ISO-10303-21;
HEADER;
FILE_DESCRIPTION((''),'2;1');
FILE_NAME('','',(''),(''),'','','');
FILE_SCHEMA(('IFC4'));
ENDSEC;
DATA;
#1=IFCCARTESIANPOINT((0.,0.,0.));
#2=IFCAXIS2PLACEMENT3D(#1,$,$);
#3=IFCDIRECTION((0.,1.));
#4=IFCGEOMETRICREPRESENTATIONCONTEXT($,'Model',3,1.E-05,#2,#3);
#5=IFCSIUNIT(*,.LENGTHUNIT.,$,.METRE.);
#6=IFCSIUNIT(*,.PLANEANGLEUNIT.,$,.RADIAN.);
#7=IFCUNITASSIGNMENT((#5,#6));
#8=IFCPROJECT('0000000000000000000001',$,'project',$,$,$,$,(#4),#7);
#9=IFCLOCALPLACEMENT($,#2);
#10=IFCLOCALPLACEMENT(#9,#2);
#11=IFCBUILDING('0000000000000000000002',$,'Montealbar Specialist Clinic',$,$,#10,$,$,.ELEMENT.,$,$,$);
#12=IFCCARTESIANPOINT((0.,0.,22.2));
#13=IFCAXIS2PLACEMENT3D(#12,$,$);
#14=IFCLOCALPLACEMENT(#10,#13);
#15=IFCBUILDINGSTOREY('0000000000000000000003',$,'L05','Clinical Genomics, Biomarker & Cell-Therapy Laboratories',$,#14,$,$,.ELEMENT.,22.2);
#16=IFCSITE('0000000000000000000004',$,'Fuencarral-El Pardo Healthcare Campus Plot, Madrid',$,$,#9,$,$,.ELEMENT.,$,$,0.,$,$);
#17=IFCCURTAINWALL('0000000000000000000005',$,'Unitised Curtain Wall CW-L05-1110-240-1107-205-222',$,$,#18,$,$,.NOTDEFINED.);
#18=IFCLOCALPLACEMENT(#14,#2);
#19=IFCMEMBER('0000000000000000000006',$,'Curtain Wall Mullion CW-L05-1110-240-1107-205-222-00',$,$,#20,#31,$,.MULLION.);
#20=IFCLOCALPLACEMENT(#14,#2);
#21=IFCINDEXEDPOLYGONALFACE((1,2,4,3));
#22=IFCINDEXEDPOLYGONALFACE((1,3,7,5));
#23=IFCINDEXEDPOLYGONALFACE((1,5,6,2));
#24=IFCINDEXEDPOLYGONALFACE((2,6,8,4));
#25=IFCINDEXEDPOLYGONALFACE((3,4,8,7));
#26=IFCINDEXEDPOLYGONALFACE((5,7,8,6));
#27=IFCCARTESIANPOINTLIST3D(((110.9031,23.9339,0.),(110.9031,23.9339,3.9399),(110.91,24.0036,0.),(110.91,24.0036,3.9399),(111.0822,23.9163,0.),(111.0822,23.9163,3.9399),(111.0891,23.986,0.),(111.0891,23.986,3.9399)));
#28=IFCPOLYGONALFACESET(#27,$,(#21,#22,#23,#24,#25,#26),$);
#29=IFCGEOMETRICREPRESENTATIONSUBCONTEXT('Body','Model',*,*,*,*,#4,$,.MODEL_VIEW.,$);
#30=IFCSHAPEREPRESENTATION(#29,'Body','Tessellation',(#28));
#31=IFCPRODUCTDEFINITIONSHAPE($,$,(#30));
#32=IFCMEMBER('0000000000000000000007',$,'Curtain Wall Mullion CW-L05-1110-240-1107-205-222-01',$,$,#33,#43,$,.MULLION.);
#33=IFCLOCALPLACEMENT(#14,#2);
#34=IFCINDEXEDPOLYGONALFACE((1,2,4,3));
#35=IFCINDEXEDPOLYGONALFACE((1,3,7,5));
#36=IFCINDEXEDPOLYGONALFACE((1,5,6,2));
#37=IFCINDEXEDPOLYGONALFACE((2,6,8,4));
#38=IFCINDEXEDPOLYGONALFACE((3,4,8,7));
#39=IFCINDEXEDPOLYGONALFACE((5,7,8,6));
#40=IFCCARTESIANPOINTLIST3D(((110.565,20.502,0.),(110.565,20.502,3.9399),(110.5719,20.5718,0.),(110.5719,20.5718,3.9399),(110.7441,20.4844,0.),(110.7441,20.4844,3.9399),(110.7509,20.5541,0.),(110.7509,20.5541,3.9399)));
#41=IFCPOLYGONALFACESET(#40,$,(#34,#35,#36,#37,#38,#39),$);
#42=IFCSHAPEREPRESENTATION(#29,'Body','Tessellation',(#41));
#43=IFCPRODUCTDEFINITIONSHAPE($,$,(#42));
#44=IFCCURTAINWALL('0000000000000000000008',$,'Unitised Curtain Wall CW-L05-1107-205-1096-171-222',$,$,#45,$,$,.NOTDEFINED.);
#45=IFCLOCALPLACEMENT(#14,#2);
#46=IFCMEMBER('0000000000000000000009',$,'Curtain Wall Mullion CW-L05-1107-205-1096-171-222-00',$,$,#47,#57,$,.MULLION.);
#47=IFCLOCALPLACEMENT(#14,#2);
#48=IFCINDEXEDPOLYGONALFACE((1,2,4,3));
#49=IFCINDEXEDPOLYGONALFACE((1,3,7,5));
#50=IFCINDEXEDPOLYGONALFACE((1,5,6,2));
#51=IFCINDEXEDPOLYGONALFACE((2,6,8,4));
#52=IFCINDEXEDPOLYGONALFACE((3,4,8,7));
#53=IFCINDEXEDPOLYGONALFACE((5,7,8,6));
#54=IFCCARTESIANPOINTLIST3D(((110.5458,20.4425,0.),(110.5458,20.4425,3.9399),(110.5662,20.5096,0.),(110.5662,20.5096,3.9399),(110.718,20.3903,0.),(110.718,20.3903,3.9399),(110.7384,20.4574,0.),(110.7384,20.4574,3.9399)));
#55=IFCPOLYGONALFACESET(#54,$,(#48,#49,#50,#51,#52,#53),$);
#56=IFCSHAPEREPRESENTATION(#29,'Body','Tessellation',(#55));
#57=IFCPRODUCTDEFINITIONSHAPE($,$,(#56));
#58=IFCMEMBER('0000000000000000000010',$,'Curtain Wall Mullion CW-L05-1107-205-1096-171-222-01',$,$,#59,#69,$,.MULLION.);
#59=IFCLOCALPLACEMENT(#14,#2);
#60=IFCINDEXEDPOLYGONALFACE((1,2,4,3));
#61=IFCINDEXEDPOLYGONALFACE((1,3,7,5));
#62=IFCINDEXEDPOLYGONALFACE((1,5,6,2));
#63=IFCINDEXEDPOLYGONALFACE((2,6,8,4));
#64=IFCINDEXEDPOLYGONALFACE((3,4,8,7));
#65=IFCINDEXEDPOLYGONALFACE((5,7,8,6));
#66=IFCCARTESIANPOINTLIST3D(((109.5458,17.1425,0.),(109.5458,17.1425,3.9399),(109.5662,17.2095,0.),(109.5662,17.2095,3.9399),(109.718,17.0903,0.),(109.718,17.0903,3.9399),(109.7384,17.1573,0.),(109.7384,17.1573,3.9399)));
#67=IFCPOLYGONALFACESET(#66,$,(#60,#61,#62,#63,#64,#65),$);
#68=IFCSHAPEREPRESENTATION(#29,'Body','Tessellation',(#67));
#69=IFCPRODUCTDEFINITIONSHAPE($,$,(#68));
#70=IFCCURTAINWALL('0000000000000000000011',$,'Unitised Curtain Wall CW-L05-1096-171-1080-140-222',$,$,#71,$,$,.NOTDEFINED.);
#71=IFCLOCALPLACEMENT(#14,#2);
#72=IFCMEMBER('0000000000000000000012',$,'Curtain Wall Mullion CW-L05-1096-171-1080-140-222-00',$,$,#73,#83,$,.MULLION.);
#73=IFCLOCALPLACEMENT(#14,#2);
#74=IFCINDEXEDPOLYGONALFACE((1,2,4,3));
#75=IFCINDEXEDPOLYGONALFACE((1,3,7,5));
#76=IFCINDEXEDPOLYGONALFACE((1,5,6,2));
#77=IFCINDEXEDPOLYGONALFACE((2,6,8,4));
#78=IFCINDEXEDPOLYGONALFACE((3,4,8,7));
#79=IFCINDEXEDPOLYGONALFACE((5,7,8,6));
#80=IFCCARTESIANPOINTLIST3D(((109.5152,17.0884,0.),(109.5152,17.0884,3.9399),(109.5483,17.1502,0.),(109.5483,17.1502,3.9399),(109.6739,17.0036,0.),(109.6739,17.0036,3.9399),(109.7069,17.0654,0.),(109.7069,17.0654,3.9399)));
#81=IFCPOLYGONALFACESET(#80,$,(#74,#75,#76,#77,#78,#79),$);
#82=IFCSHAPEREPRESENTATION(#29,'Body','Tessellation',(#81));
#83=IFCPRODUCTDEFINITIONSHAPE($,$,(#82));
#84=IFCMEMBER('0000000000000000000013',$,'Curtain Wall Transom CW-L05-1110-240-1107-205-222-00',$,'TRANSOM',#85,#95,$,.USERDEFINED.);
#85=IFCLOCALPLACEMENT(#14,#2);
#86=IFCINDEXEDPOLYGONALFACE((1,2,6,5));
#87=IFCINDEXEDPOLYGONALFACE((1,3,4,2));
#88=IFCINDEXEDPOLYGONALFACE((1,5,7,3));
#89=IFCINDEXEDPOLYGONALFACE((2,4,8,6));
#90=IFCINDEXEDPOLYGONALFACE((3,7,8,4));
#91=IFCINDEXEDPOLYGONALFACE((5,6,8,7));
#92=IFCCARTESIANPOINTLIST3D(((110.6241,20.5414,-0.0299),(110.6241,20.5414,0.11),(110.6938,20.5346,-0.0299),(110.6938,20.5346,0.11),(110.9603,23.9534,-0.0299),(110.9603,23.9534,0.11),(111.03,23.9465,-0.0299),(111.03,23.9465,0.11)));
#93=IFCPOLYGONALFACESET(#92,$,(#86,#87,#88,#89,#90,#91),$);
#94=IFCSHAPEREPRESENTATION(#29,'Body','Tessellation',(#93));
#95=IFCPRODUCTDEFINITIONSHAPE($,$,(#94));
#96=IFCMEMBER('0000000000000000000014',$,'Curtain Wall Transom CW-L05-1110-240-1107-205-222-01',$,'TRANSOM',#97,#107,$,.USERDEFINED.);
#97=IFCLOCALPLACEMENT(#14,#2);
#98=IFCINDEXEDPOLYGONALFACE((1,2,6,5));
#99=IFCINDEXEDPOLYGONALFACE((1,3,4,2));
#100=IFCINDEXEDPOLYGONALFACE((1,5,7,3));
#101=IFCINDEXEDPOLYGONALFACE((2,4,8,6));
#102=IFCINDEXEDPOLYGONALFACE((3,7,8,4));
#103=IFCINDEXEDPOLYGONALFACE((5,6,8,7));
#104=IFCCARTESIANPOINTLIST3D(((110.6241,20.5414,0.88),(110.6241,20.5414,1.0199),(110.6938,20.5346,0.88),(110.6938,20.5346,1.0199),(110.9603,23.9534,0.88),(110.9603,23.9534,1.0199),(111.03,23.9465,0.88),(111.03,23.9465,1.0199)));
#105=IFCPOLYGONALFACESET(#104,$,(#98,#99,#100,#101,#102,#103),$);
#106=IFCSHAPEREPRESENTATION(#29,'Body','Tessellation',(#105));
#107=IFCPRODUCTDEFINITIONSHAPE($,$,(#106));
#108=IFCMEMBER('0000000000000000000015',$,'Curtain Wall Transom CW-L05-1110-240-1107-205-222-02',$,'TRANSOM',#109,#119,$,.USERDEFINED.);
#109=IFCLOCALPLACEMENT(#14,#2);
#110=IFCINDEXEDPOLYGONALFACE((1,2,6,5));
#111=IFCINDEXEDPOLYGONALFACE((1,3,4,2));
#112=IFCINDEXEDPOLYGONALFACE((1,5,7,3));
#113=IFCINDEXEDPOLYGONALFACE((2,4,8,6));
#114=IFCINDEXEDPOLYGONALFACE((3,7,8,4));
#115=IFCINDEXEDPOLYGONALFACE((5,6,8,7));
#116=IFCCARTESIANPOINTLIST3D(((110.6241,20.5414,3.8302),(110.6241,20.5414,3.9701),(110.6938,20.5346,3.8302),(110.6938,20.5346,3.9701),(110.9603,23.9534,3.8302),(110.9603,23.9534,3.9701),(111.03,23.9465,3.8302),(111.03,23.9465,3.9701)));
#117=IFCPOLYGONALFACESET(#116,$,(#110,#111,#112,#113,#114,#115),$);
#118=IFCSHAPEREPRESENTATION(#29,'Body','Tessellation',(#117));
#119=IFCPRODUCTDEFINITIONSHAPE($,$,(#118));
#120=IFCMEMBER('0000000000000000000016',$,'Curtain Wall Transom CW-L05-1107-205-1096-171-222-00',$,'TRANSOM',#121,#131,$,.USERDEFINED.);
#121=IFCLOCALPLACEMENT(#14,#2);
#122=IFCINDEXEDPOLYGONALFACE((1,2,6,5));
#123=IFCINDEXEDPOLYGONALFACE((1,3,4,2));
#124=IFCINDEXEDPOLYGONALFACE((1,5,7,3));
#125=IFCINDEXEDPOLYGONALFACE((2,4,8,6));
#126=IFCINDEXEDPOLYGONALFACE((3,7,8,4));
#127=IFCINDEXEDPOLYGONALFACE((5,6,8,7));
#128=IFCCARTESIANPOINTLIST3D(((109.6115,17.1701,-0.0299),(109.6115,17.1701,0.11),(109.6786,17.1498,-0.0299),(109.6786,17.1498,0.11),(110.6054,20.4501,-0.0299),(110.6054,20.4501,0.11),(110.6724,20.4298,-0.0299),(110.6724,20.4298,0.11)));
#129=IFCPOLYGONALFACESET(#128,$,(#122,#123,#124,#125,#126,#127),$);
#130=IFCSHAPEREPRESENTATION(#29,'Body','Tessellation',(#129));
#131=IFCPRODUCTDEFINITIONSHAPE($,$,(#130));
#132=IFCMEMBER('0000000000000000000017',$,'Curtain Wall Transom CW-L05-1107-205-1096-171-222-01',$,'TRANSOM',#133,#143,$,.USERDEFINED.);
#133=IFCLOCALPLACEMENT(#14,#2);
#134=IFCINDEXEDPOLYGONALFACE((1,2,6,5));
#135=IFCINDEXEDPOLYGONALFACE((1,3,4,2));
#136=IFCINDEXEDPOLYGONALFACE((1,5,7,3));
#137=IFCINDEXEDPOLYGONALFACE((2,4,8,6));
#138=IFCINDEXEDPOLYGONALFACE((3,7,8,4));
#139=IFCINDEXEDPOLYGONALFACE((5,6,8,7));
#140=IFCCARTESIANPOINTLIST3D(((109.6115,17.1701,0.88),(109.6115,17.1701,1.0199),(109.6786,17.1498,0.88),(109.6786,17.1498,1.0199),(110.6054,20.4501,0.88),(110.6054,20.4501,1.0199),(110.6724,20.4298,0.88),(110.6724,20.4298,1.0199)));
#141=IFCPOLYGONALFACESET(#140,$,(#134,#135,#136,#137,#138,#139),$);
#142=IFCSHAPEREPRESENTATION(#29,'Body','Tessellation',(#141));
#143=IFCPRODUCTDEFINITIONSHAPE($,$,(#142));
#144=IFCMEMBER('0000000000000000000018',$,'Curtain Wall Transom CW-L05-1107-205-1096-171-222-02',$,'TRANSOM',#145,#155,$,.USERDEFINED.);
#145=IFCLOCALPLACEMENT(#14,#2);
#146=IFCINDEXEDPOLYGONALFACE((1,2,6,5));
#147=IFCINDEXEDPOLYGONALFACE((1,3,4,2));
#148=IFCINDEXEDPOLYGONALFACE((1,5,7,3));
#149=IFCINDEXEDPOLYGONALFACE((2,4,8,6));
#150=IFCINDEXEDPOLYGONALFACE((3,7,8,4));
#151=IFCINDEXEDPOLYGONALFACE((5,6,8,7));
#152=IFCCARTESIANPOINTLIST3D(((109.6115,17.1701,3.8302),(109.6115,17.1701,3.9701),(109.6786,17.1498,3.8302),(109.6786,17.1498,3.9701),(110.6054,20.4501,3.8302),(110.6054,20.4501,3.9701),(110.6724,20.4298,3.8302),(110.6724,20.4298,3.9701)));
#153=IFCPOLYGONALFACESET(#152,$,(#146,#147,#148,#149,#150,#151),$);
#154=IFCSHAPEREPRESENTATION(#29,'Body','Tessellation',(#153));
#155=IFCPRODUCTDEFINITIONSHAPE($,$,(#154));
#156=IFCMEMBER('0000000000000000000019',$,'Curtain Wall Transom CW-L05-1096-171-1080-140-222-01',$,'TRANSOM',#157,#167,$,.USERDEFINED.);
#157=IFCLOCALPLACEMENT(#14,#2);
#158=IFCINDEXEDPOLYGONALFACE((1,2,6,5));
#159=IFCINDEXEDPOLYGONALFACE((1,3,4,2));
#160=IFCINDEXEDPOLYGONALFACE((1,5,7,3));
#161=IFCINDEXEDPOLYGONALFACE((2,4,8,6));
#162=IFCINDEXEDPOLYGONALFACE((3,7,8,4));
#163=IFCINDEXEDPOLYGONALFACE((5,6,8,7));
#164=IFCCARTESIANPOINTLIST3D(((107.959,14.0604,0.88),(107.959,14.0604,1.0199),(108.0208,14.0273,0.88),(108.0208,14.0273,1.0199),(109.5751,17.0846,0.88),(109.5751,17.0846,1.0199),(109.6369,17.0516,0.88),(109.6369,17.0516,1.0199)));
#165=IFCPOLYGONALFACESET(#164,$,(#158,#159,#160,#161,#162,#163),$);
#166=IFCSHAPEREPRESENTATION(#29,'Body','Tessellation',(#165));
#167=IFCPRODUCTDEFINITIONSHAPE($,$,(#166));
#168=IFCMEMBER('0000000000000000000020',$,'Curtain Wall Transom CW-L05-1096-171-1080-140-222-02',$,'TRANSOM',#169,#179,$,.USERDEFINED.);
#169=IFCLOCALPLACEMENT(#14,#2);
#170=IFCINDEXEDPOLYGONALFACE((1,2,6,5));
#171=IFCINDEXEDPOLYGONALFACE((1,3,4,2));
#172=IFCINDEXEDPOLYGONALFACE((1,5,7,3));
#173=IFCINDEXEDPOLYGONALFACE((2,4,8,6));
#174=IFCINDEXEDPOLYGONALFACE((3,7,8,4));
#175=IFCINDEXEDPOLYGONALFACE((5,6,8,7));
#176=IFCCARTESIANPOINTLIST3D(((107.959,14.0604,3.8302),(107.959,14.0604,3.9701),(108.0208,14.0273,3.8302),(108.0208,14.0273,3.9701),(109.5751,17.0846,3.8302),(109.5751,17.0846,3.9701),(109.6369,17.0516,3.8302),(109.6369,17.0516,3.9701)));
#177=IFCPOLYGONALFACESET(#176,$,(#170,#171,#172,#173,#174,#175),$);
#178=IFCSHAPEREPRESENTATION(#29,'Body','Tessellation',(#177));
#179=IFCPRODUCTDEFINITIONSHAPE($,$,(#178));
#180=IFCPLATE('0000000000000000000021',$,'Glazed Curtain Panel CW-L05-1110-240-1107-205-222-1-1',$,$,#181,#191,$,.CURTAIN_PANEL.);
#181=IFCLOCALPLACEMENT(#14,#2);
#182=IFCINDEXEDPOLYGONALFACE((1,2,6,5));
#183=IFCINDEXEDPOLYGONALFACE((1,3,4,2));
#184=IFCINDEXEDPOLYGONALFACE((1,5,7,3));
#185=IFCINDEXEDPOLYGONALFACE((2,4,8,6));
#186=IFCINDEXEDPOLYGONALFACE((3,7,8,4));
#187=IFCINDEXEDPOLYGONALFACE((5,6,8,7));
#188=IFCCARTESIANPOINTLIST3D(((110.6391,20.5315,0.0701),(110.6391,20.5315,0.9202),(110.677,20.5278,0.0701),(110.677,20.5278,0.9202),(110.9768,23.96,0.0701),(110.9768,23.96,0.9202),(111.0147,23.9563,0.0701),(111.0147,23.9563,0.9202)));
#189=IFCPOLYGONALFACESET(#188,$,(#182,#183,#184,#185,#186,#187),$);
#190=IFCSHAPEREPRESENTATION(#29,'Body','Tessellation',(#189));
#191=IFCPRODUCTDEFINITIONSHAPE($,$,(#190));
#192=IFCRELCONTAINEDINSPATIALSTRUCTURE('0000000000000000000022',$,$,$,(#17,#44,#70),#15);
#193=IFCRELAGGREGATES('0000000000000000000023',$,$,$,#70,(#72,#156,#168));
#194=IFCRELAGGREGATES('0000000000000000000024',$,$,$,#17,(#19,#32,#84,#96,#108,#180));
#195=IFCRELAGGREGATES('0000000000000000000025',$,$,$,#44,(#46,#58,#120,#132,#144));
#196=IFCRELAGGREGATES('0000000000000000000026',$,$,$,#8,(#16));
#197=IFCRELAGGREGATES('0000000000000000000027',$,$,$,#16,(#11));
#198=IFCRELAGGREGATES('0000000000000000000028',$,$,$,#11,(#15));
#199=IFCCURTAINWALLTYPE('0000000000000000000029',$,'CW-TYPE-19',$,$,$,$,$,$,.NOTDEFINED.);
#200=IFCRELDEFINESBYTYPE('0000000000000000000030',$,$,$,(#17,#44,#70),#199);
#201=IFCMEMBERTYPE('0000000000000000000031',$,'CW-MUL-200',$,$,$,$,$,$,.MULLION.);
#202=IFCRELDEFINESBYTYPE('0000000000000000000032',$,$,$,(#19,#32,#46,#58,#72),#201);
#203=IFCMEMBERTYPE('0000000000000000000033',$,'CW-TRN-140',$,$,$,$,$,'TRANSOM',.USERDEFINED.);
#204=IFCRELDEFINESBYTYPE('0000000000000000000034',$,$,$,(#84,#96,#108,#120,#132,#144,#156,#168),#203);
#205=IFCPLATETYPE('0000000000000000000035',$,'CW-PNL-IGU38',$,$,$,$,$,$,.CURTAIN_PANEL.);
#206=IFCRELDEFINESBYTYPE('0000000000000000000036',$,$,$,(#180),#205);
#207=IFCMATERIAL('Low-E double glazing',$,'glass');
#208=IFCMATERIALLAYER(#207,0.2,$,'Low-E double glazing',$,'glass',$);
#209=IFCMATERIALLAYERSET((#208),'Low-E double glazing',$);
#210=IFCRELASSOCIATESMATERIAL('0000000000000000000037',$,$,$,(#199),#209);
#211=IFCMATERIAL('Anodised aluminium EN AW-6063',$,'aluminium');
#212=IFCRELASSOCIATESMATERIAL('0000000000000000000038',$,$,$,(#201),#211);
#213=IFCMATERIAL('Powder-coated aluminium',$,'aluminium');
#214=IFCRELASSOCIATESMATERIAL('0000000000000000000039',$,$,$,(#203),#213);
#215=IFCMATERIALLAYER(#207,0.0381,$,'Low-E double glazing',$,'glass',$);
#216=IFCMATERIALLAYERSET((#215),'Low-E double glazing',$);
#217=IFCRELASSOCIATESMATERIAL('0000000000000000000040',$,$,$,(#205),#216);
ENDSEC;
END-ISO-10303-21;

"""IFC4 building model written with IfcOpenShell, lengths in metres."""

from ifc_helpers import new_model, si_unit, direction, frame, origin, origin_2d, place, context, subcontext, project, spatial, rectangle, extrude, material, layer, layer_set, material_profile, profile_set, type_object, element, aggregate, save


model = new_model("IFC4")

# Units and contexts
model_context = context("Model", 3, precision=1e-05, world=origin(), true_north=direction((0.0, 1.0)))
body_context = subcontext(model_context, "Body", "Model", "MODEL_VIEW")
ifc_project = project(units=[si_unit("LENGTHUNIT", "METRE"), si_unit("PLANEANGLEUNIT", "RADIAN")], contexts=[model_context])

# Site, building, storey
site_placement = place(None, origin())
site = spatial("IfcSite", under=ifc_project, at=site_placement, Name="Fuencarral-El Pardo Healthcare Campus Plot, Madrid", CompositionType="ELEMENT", RefElevation=0.0)
building_placement = place(site_placement, origin())
building = spatial("IfcBuilding", under=site, at=building_placement, Name="Montealbar Specialist Clinic", CompositionType="ELEMENT")
storey_placement = place(building_placement, frame((0.0, 0.0, 22.2)))
storey = spatial("IfcBuildingStorey", under=building, at=storey_placement, Name="L05", Description="Clinical Genomics, Biomarker & Cell-Therapy Laboratories", CompositionType="ELEMENT", Elevation=22.2)

# Curtain walls, members
ifc_material_1 = material(Name="Low-E double glazing", Category="glass")
ifc_layer_1 = layer(ifc_material_1, 0.2, Name="Low-E double glazing", Category="glass")
ifc_layer_set_1 = layer_set([ifc_layer_1], Name="Low-E double glazing")
curtain_wall_type = type_object("IfcCurtainWallType", Name="CW-TYPE-19", PredefinedType="NOTDEFINED", material=ifc_layer_set_1)
curtain_wall_1_placement = place(storey_placement, origin())
curtain_wall_1 = element("IfcCurtainWall", 1, at=curtain_wall_1_placement, inside=storey, type_object=curtain_wall_type, Name="Unitised Curtain Wall CW-L05-1110-240-1107-205-222", PredefinedType="NOTDEFINED")
ifc_material_2 = material(Name="Anodised aluminium EN AW-6063", Category="aluminium")
ifc_material_profile_1 = material_profile(ifc_material_2, rectangle(XDim=0.0701, YDim=0.1799, at=origin_2d()), Name="ALU 70x180", Category="aluminium")
ifc_profile_set_1 = profile_set([ifc_material_profile_1], Name="Anodised aluminium EN AW-6063")
member_type_1 = type_object("IfcMemberType", Name="CW-MUL-200", PredefinedType="MULLION", material=ifc_profile_set_1)
member_1_placement = place(storey_placement, frame((110.9961, 23.96, 0.0), z_axis=(0.0, 0.0, 1.0), x_axis=(-0.098045, -0.995182, 0.0)))
member_1 = element("IfcMember", 2, at=member_1_placement, type_object=member_type_1, Name="Curtain Wall Mullion CW-L05-1110-240-1107-205-222-00", PredefinedType="MULLION", context=body_context, shape_type="SweptSolid", body=[
    extrude(rectangle(XDim=0.0701, YDim=0.1799, at=origin_2d()), origin(), (0.0, 0.0, 1.0), 3.9399),
])
member_2_placement = place(storey_placement, frame((110.658, 20.5281, 0.0), z_axis=(0.0, 0.0, 1.0), x_axis=(-0.098045, -0.995182, 0.0)))
member_2 = element("IfcMember", 3, at=member_2_placement, type_object=member_type_1, Name="Curtain Wall Mullion CW-L05-1110-240-1107-205-222-01", PredefinedType="MULLION", context=body_context, shape_type="SweptSolid", body=[
    extrude(rectangle(XDim=0.0701, YDim=0.1799, at=origin_2d()), origin(), (0.0, 0.0, 1.0), 3.9399),
])
curtain_wall_2_placement = place(storey_placement, origin())
curtain_wall_2 = element("IfcCurtainWall", 4, at=curtain_wall_2_placement, inside=storey, type_object=curtain_wall_type, Name="Unitised Curtain Wall CW-L05-1107-205-1096-171-222", PredefinedType="NOTDEFINED")
member_3_placement = place(storey_placement, frame((110.6421, 20.45, 0.0), z_axis=(0.0, 0.0, 1.0), x_axis=(-0.290259, -0.956948, 0.0)))
member_3 = element("IfcMember", 5, at=member_3_placement, type_object=member_type_1, Name="Curtain Wall Mullion CW-L05-1107-205-1096-171-222-00", PredefinedType="MULLION", context=body_context, shape_type="SweptSolid", body=[
    extrude(rectangle(XDim=0.0701, YDim=0.1799, at=origin_2d()), origin(), (0.0, 0.0, 1.0), 3.9399),
])
member_4_placement = place(storey_placement, frame((109.6421, 17.1499, 0.0), z_axis=(0.0, 0.0, 1.0), x_axis=(-0.290259, -0.956948, 0.0)))
member_4 = element("IfcMember", 6, at=member_4_placement, type_object=member_type_1, Name="Curtain Wall Mullion CW-L05-1107-205-1096-171-222-01", PredefinedType="MULLION", context=body_context, shape_type="SweptSolid", body=[
    extrude(rectangle(XDim=0.0701, YDim=0.1799, at=origin_2d()), origin(), (0.0, 0.0, 1.0), 3.9399),
])

# Curtain wall, member
curtain_wall_3_placement = place(storey_placement, origin())
curtain_wall_3 = element("IfcCurtainWall", 7, at=curtain_wall_3_placement, inside=storey, type_object=curtain_wall_type, Name="Unitised Curtain Wall CW-L05-1096-171-1080-140-222", PredefinedType="NOTDEFINED")
member_5_placement = place(storey_placement, frame((109.6111, 17.0769, 0.0), z_axis=(0.0, 0.0, 1.0), x_axis=(-0.471529, -0.88185, 0.0)))
member_5 = element("IfcMember", 8, at=member_5_placement, type_object=member_type_1, Name="Curtain Wall Mullion CW-L05-1096-171-1080-140-222-00", PredefinedType="MULLION", context=body_context, shape_type="SweptSolid", body=[
    extrude(rectangle(XDim=0.0701, YDim=0.1799, at=origin_2d()), origin(), (0.0, 0.0, 1.0), 3.9399),
])

# Members
ifc_material_3 = material(Name="Powder-coated aluminium", Category="aluminium")
ifc_material_profile_2 = material_profile(ifc_material_3, rectangle(XDim=0.0701, YDim=0.1399, at=origin_2d()), Name="ALU 70x140", Category="aluminium")
ifc_profile_set_2 = profile_set([ifc_material_profile_2], Name="Powder-coated aluminium")
member_type_2 = type_object("IfcMemberType", Name="CW-TRN-140", ElementType="TRANSOM", PredefinedType="USERDEFINED", material=ifc_profile_set_2)
member_6_placement = place(storey_placement, frame((110.9951, 23.95, 0.04), z_axis=(-0.098058, -0.995181, 0.0), x_axis=(0.995181, -0.098058, 0.0)))
member_6 = element("IfcMember", 9, at=member_6_placement, type_object=member_type_2, Name="Curtain Wall Transom CW-L05-1110-240-1107-205-222-00", ObjectType="TRANSOM", PredefinedType="USERDEFINED", context=body_context, shape_type="SweptSolid", body=[
    extrude(rectangle(XDim=0.0701, YDim=0.1399, at=origin_2d()), origin(), (0.0, 0.0, 1.0), 3.4285),
])
member_7_placement = place(storey_placement, frame((110.9951, 23.95, 0.95), z_axis=(-0.098058, -0.995181, 0.0), x_axis=(0.995181, -0.098058, 0.0)))
member_7 = element("IfcMember", 10, at=member_7_placement, type_object=member_type_2, Name="Curtain Wall Transom CW-L05-1110-240-1107-205-222-01", ObjectType="TRANSOM", PredefinedType="USERDEFINED", context=body_context, shape_type="SweptSolid", body=[
    extrude(rectangle(XDim=0.0701, YDim=0.1399, at=origin_2d()), origin(), (0.0, 0.0, 1.0), 3.4285),
])
member_8_placement = place(storey_placement, frame((110.9951, 23.95, 3.9001), z_axis=(-0.098058, -0.995181, 0.0), x_axis=(0.995181, -0.098058, 0.0)))
member_8 = element("IfcMember", 11, at=member_8_placement, type_object=member_type_2, Name="Curtain Wall Transom CW-L05-1110-240-1107-205-222-02", ObjectType="TRANSOM", PredefinedType="USERDEFINED", context=body_context, shape_type="SweptSolid", body=[
    extrude(rectangle(XDim=0.0701, YDim=0.1399, at=origin_2d()), origin(), (0.0, 0.0, 1.0), 3.4285),
])
member_9_placement = place(storey_placement, frame((110.6389, 20.4399, 0.04), z_axis=(-0.289994, -0.957029, 0.0), x_axis=(0.957029, -0.289994, 0.0)))
member_9 = element("IfcMember", 12, at=member_9_placement, type_object=member_type_2, Name="Curtain Wall Transom CW-L05-1107-205-1096-171-222-00", ObjectType="TRANSOM", PredefinedType="USERDEFINED", context=body_context, shape_type="SweptSolid", body=[
    extrude(rectangle(XDim=0.0701, YDim=0.1399, at=origin_2d()), origin(), (0.0, 0.0, 1.0), 3.4272),
])
member_10_placement = place(storey_placement, frame((110.6389, 20.4399, 0.95), z_axis=(-0.289994, -0.957029, 0.0), x_axis=(0.957029, -0.289994, 0.0)))
member_10 = element("IfcMember", 13, at=member_10_placement, type_object=member_type_2, Name="Curtain Wall Transom CW-L05-1107-205-1096-171-222-01", ObjectType="TRANSOM", PredefinedType="USERDEFINED", context=body_context, shape_type="SweptSolid", body=[
    extrude(rectangle(XDim=0.0701, YDim=0.1399, at=origin_2d()), origin(), (0.0, 0.0, 1.0), 3.4272),
])
member_11_placement = place(storey_placement, frame((110.6389, 20.4399, 3.9001), z_axis=(-0.289994, -0.957029, 0.0), x_axis=(0.957029, -0.289994, 0.0)))
member_11 = element("IfcMember", 14, at=member_11_placement, type_object=member_type_2, Name="Curtain Wall Transom CW-L05-1107-205-1096-171-222-02", ObjectType="TRANSOM", PredefinedType="USERDEFINED", context=body_context, shape_type="SweptSolid", body=[
    extrude(rectangle(XDim=0.0701, YDim=0.1399, at=origin_2d()), origin(), (0.0, 0.0, 1.0), 3.4272),
])
member_12_placement = place(storey_placement, frame((109.606, 17.0681, 0.95), z_axis=(-0.471287, -0.88198, 0.0), x_axis=(0.88198, -0.471287, 0.0)))
member_12 = element("IfcMember", 15, at=member_12_placement, type_object=member_type_2, Name="Curtain Wall Transom CW-L05-1096-171-1080-140-222-01", ObjectType="TRANSOM", PredefinedType="USERDEFINED", context=body_context, shape_type="SweptSolid", body=[
    extrude(rectangle(XDim=0.0701, YDim=0.1399, at=origin_2d()), origin(), (0.0, 0.0, 1.0), 3.429),
])
member_13_placement = place(storey_placement, frame((109.606, 17.0681, 3.9001), z_axis=(-0.471287, -0.88198, 0.0), x_axis=(0.88198, -0.471287, 0.0)))
member_13 = element("IfcMember", 16, at=member_13_placement, type_object=member_type_2, Name="Curtain Wall Transom CW-L05-1096-171-1080-140-222-02", ObjectType="TRANSOM", PredefinedType="USERDEFINED", context=body_context, shape_type="SweptSolid", body=[
    extrude(rectangle(XDim=0.0701, YDim=0.1399, at=origin_2d()), origin(), (0.0, 0.0, 1.0), 3.429),
])
aggregate(curtain_wall_3, [member_5, member_12, member_13])

# Plate
ifc_layer_2 = layer(ifc_material_1, 0.0381, Name="Low-E double glazing", Category="glass")
ifc_layer_set_2 = layer_set([ifc_layer_2], Name="Low-E double glazing")
plate_type = type_object("IfcPlateType", Name="CW-PNL-IGU38", PredefinedType="CURTAIN_PANEL", material=ifc_layer_set_2)
plate_1_placement = place(storey_placement, frame((110.8269, 22.2439, 0.0701), z_axis=(0.0, 0.0, 1.0), x_axis=(-0.098045, -0.995182, 0.0)))
plate_1 = element("IfcPlate", 17, at=plate_1_placement, type_object=plate_type, Name="Glazed Curtain Panel CW-L05-1110-240-1107-205-222-1-1", PredefinedType="CURTAIN_PANEL", context=body_context, shape_type="SweptSolid", body=[
    extrude(rectangle(XDim=3.4451, YDim=0.0381, at=origin_2d()), origin(), (0.0, 0.0, 1.0), 0.8501),
])
aggregate(curtain_wall_1, [member_1, member_2, member_6, member_7, member_8, plate_1])
aggregate(curtain_wall_2, [member_3, member_4, member_9, member_10, member_11])

save(model, "model.ifc")
